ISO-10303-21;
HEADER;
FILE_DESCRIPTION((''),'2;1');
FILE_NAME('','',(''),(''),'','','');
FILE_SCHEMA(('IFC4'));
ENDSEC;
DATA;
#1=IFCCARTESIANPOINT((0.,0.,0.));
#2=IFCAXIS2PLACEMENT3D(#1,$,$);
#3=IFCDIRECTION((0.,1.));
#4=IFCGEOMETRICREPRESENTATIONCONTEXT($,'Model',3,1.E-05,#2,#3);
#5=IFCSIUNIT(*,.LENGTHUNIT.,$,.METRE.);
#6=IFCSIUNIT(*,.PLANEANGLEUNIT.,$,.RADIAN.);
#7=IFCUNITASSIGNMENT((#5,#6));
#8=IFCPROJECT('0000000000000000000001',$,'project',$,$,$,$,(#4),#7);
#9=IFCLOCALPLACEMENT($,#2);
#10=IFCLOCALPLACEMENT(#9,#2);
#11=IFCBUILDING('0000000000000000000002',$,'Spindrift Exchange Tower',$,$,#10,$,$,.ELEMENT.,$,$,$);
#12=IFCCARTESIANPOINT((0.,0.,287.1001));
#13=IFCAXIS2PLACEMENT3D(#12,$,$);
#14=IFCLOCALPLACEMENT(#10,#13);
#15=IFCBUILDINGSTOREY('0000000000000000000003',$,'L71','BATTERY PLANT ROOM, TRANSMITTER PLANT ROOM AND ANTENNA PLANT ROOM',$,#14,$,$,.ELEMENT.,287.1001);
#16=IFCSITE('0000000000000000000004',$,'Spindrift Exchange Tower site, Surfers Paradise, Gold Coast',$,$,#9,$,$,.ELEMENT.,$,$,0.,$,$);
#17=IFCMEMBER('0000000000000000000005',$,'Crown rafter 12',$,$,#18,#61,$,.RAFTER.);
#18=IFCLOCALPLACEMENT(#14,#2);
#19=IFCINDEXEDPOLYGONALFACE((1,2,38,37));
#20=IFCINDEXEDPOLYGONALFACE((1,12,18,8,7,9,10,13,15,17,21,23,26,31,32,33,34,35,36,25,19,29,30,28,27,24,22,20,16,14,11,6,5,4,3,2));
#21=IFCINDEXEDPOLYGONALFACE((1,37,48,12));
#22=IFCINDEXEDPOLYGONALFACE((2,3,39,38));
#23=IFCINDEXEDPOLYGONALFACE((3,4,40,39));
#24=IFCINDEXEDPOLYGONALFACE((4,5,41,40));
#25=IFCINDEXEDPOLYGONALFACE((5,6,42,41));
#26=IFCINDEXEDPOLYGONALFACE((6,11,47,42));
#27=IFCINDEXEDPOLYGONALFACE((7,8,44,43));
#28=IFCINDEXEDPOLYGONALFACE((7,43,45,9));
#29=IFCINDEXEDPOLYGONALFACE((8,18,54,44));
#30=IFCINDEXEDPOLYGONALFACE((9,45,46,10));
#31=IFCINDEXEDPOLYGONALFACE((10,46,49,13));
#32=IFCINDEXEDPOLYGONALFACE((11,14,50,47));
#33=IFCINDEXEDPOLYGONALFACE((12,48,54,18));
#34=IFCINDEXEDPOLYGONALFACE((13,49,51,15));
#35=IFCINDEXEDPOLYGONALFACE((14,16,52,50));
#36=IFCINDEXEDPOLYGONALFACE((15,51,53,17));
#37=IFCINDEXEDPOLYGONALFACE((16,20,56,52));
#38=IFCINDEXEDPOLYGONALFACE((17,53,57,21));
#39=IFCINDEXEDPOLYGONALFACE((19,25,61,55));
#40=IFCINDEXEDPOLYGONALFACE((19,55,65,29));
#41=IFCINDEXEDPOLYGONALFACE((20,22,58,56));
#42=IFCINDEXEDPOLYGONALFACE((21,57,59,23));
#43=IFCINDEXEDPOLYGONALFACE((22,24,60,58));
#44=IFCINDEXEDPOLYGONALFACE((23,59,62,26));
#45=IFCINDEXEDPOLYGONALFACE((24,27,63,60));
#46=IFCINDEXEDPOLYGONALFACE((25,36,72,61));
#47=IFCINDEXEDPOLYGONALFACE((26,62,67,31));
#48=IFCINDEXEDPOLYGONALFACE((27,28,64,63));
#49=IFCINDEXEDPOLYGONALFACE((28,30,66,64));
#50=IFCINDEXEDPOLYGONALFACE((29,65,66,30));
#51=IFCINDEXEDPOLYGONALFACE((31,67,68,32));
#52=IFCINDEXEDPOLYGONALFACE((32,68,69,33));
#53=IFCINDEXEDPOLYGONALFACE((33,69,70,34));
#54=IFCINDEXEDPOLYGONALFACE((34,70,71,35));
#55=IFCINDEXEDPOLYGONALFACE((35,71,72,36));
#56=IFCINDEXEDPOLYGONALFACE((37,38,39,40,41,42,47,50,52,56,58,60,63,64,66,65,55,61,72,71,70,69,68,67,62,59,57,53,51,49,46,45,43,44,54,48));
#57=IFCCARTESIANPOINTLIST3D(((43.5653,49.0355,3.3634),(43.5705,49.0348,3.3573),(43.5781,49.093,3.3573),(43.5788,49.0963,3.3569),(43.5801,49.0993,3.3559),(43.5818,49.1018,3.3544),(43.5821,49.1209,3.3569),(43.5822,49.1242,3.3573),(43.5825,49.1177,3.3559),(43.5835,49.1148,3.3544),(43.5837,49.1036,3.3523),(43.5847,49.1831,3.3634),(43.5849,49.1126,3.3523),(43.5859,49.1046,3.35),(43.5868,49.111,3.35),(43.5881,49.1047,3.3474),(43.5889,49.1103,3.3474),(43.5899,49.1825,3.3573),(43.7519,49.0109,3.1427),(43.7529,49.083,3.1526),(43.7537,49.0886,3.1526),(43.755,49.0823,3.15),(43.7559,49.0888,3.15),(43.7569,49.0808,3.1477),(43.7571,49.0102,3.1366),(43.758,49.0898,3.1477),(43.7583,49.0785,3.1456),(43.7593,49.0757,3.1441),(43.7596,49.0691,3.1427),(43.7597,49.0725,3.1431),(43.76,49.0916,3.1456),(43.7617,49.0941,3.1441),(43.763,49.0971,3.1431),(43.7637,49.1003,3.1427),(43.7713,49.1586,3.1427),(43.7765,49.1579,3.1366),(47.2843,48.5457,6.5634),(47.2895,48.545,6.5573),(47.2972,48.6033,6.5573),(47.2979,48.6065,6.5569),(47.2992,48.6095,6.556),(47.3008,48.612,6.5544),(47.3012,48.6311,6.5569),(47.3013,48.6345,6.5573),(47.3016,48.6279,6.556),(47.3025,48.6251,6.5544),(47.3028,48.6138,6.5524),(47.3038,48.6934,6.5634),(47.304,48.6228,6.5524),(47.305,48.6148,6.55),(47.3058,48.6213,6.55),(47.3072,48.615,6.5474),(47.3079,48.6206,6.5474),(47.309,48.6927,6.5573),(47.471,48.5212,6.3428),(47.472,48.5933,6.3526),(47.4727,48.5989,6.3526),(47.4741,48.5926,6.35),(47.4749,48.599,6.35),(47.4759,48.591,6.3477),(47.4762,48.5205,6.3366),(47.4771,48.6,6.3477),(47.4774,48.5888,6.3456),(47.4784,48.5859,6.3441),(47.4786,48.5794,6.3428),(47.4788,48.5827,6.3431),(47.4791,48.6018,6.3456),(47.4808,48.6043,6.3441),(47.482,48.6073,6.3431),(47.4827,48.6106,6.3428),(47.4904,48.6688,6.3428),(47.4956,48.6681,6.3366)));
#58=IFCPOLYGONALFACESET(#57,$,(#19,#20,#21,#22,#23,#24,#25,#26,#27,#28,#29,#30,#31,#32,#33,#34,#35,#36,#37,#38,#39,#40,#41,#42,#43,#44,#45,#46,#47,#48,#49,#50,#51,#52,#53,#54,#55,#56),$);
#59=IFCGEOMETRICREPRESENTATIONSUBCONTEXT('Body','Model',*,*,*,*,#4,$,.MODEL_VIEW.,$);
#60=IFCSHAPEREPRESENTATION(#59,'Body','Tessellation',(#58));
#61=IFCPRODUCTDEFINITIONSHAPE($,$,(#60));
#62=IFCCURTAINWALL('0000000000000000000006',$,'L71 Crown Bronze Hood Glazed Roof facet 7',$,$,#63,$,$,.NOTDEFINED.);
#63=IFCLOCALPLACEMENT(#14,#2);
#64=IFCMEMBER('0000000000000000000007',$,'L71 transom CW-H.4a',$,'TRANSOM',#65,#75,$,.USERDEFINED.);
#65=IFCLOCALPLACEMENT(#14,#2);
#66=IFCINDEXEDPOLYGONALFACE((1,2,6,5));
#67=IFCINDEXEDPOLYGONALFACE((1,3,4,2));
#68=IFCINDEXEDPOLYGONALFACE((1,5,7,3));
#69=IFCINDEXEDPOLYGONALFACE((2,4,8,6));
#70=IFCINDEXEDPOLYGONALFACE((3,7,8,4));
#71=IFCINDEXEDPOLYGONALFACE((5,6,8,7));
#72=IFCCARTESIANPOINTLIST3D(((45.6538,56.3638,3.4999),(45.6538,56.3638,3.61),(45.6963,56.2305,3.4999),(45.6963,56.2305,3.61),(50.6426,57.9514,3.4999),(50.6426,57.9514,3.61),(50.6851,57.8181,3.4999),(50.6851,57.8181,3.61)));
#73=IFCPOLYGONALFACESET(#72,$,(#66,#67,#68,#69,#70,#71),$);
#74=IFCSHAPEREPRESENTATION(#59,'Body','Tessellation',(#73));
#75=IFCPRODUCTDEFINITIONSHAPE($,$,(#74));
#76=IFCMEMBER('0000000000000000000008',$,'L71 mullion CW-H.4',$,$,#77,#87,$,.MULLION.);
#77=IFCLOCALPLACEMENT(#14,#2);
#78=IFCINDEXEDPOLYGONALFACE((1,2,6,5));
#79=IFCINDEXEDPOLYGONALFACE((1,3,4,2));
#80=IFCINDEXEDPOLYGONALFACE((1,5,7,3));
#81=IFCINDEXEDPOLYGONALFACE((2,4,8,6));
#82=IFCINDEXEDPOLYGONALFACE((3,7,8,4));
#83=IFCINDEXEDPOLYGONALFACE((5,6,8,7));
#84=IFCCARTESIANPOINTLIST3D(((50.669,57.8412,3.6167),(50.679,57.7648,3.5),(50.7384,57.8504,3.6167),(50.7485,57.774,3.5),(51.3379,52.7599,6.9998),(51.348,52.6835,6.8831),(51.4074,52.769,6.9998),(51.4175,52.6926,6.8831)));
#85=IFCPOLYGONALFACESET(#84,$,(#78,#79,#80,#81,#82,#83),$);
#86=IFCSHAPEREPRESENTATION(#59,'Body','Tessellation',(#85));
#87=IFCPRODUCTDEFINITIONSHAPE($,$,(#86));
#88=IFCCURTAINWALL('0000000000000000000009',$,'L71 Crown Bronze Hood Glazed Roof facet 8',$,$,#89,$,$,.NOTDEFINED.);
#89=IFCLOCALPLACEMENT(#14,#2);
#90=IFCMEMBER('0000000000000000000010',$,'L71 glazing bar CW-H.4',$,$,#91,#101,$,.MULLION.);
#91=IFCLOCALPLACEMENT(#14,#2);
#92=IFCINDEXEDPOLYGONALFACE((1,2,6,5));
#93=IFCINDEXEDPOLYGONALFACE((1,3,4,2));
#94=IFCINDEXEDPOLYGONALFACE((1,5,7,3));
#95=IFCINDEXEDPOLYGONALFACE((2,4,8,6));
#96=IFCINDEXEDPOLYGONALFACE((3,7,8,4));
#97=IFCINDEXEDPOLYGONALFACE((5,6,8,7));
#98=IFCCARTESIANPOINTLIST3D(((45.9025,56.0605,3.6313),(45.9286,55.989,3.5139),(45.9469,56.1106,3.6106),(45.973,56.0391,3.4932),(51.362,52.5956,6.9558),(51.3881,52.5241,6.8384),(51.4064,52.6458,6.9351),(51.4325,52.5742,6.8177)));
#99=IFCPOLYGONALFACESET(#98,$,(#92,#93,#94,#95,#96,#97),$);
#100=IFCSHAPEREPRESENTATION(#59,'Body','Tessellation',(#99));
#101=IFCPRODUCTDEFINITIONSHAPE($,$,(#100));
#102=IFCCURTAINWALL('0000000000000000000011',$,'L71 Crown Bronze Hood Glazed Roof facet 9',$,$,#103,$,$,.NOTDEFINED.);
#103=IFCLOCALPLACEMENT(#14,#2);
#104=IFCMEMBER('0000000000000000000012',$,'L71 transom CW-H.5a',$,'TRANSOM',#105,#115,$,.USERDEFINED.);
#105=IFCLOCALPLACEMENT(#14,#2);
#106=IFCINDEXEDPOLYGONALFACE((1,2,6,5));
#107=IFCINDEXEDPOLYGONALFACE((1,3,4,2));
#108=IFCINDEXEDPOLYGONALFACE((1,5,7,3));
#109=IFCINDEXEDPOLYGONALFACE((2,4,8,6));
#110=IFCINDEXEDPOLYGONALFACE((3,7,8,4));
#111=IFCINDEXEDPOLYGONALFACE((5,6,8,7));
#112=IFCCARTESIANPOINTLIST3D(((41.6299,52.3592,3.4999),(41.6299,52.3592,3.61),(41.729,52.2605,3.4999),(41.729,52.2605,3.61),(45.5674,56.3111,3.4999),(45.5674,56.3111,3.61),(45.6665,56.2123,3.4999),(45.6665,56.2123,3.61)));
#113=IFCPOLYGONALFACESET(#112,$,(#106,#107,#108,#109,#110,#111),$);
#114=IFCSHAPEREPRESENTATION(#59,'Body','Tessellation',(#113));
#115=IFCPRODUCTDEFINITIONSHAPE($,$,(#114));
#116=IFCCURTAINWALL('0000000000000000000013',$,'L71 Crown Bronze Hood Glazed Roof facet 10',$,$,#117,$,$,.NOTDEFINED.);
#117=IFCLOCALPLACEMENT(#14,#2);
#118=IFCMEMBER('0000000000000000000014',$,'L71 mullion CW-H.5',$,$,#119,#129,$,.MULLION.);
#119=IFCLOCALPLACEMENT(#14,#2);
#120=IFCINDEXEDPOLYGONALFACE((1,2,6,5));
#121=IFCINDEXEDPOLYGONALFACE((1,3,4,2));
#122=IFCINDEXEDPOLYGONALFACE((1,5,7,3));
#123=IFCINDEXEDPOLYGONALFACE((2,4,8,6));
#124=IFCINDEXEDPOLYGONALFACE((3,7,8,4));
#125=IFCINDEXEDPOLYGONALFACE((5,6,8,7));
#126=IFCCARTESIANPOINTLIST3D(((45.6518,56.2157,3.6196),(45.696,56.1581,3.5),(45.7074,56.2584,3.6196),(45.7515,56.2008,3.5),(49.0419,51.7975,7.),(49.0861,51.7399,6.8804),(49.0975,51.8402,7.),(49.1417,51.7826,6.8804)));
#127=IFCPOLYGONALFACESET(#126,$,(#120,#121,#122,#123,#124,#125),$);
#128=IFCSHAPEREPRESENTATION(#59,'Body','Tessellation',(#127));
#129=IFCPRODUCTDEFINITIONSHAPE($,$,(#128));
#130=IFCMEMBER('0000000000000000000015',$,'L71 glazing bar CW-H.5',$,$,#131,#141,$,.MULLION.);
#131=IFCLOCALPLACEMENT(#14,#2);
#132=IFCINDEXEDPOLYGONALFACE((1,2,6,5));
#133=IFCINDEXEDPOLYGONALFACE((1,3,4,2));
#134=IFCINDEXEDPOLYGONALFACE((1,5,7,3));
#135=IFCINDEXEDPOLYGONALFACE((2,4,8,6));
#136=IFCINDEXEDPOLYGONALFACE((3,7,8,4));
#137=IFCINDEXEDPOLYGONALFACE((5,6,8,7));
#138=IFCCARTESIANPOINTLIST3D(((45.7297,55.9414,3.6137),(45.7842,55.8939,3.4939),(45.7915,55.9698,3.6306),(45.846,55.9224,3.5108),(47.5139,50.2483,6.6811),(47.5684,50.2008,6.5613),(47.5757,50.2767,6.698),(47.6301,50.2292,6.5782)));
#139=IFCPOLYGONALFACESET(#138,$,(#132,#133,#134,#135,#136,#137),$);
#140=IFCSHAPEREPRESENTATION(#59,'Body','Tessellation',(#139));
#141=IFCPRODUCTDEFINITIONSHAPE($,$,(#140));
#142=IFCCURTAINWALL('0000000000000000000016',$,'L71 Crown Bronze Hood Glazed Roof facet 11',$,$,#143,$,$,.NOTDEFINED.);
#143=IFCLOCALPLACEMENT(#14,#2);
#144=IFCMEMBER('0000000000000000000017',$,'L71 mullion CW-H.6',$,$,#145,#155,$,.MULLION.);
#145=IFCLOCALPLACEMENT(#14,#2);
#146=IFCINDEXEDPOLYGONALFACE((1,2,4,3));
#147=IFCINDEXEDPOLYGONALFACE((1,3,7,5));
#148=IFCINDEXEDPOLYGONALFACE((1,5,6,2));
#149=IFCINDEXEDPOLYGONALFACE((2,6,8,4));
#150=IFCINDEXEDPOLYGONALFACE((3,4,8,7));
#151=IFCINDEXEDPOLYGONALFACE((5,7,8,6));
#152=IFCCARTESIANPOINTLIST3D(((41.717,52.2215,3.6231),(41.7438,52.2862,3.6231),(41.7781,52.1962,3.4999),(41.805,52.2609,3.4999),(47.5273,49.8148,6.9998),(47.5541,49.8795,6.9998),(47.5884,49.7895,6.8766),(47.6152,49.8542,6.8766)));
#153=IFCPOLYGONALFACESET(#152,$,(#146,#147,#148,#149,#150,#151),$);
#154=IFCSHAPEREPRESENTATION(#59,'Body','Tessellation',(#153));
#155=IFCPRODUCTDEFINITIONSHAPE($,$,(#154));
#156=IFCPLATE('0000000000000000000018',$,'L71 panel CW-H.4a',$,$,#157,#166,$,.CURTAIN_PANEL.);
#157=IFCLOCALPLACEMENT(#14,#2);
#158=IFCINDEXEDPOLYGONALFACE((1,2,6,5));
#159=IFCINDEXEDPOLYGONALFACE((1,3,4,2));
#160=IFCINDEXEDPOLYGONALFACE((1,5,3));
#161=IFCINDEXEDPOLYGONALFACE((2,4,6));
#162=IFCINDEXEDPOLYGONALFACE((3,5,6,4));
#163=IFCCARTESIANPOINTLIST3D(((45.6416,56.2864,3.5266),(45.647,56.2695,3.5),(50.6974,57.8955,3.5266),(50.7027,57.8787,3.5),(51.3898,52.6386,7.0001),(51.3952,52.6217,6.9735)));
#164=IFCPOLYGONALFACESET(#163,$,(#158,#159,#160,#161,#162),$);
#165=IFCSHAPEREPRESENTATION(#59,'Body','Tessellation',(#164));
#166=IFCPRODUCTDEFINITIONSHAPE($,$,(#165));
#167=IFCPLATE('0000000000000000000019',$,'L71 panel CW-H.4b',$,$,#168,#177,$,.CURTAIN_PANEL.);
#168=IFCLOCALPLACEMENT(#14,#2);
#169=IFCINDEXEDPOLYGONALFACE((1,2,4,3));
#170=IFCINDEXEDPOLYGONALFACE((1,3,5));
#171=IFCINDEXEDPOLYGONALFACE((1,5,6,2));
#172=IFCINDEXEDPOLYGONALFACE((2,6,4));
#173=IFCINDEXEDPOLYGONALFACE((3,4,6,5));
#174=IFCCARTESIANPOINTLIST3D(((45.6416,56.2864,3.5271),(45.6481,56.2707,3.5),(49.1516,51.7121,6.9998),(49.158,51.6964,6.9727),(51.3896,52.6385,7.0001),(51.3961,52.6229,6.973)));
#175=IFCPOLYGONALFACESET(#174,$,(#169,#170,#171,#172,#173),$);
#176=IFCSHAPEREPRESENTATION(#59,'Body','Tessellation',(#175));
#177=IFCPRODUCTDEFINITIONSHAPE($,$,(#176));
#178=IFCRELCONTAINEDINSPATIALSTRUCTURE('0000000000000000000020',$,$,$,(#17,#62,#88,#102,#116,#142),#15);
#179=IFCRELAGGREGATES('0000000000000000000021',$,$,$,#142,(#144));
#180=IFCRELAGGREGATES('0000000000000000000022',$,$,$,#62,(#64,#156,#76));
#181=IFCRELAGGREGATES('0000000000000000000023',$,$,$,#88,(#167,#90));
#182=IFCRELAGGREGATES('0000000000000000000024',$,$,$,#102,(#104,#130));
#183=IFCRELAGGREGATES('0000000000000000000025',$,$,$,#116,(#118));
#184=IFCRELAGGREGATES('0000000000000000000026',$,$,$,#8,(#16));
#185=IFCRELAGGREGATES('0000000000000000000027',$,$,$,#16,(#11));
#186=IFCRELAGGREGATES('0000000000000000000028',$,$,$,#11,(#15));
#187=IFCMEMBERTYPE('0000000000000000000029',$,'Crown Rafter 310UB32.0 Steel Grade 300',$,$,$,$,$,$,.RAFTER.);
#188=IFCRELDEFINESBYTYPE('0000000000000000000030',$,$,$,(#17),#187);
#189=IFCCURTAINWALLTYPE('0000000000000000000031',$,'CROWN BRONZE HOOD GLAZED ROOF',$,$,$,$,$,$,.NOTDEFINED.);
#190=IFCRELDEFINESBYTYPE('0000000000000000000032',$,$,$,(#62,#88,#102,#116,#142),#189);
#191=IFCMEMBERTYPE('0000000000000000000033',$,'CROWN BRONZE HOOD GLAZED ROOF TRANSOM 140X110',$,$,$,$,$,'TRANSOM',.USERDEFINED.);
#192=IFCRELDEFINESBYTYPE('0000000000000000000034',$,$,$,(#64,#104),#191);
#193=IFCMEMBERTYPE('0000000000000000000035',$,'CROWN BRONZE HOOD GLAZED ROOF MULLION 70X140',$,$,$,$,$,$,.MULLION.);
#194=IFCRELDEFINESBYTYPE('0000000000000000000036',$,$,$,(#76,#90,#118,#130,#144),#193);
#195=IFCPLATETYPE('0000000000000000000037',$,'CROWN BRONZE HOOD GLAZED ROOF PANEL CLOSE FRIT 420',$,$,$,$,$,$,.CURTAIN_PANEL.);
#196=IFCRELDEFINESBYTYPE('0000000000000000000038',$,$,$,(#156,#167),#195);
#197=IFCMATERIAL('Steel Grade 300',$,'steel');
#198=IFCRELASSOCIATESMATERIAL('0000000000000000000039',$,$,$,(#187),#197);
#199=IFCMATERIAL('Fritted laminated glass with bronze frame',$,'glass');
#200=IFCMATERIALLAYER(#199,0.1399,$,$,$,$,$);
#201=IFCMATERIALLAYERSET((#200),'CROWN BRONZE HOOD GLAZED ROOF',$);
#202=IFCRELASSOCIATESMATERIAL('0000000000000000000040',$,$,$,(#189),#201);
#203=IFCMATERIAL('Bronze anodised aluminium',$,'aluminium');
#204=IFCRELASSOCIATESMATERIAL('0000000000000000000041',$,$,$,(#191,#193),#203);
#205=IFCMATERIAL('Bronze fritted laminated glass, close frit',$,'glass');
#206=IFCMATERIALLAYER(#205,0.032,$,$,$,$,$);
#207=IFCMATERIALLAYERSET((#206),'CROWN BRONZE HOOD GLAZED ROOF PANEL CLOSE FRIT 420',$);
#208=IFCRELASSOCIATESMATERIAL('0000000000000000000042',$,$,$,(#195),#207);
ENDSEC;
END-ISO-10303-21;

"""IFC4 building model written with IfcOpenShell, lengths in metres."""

from ifc_helpers import new_model, si_unit, direction, frame, origin, origin_2d, place, context, subcontext, project, spatial, line, indexed_curve, rectangle, i_section, outline, extrude, source, transform, mapped, material, layer, layer_set, material_profile, profile_set, type_object, element, aggregate, save


model = new_model("IFC4")

# Units and contexts
model_context = context("Model", 3, precision=1e-05, world=origin(), true_north=direction((0.0, 1.0)))
body_context = subcontext(model_context, "Body", "Model", "MODEL_VIEW")
ifc_project = project(units=[si_unit("LENGTHUNIT", "METRE"), si_unit("PLANEANGLEUNIT", "RADIAN")], contexts=[model_context])

# Site, building, storey
site_placement = place(None, origin())
site = spatial("IfcSite", under=ifc_project, at=site_placement, Name="Spindrift Exchange Tower site, Surfers Paradise, Gold Coast", CompositionType="ELEMENT", RefElevation=0.0)
building_placement = place(site_placement, origin())
building = spatial("IfcBuilding", under=site, at=building_placement, Name="Spindrift Exchange Tower", CompositionType="ELEMENT")
storey_placement = place(building_placement, frame((0.0, 0.0, 287.1001)))
storey = spatial("IfcBuildingStorey", under=building, at=storey_placement, Name="L71", Description="BATTERY PLANT ROOM, TRANSMITTER PLANT ROOM AND ANTENNA PLANT ROOM", CompositionType="ELEMENT", Elevation=287.1001)

# Member
ifc_material_1 = material(Name="Steel Grade 300", Category="steel")
ifc_material_profile_1 = material_profile(ifc_material_1, i_section(OverallWidth=0.1489, OverallDepth=0.2981, WebThickness=0.0056, FlangeThickness=0.0081, FilletRadius=0.0129, at=origin_2d()), Name="310UB32.0")
ifc_profile_set_1 = profile_set([ifc_material_profile_1], Name="Steel Grade 300")
member_type_1 = type_object("IfcMemberType", Name="Crown Rafter 310UB32.0 Steel Grade 300", PredefinedType="RAFTER", material=ifc_profile_set_1)
shared_shape_1 = source(origin(), body_context, "Body", "SweptSolid", [
    extrude(i_section(OverallWidth=0.1489, OverallDepth=0.2981, WebThickness=0.0056, FlangeThickness=0.0081, FilletRadius=0.0129, at=origin_2d()), origin(), (0.0, 0.0, 1.0), 4.9307),
])
member_1_placement = place(storey_placement, frame((43.6709, 49.0967, 3.25), z_axis=(0.754274, -0.099329, 0.649003), x_axis=(0.130561, 0.99144, 0.0)))
element("IfcMember", 1, at=member_1_placement, inside=storey, type_object=member_type_1, Name="Crown rafter 12", PredefinedType="RAFTER", context=body_context, shape_type="MappedRepresentation", body=[
    mapped(shared_shape_1, transform((0.0, 0.0, 0.0), scale=1.0)),
])

# Curtain wall, members
ifc_material_2 = material(Name="Fritted laminated glass with bronze frame", Category="glass")
ifc_layer_1 = layer(ifc_material_2, 0.1399)
ifc_layer_set_1 = layer_set([ifc_layer_1], Name="CROWN BRONZE HOOD GLAZED ROOF")
curtain_wall_type = type_object("IfcCurtainWallType", Name="CROWN BRONZE HOOD GLAZED ROOF", PredefinedType="NOTDEFINED", material=ifc_layer_set_1)
curtain_wall_1_placement = place(storey_placement, origin())
curtain_wall_1 = element("IfcCurtainWall", 2, at=curtain_wall_1_placement, inside=storey, type_object=curtain_wall_type, Name="L71 Crown Bronze Hood Glazed Roof facet 7", PredefinedType="NOTDEFINED")
ifc_material_3 = material(Name="Bronze anodised aluminium", Category="aluminium")
ifc_material_profile_2 = material_profile(ifc_material_3, rectangle(XDim=0.1399, YDim=0.1101, at=origin_2d()), Name="CROWN BRONZE HOOD GLAZED ROOF TRANSOM 140X110")
ifc_profile_set_2 = profile_set([ifc_material_profile_2], Name="Bronze anodised aluminium")
member_type_2 = type_object("IfcMemberType", Name="CROWN BRONZE HOOD GLAZED ROOF TRANSOM 140X110", ElementType="TRANSOM", PredefinedType="USERDEFINED", material=ifc_profile_set_2)
shared_shape_2 = source(origin(), body_context, "Body", "SweptSolid", [
    extrude(rectangle(XDim=0.1399, YDim=0.1101, at=origin_2d()), origin(), (0.0, 0.0, 1.0), 5.2354),
])
member_2_placement = place(storey_placement, frame((45.675, 56.2971, 3.5549), z_axis=(0.952909, 0.303258, 0.0), x_axis=(-0.303258, 0.952909, 0.0)))
member_2 = element("IfcMember", 3, at=member_2_placement, type_object=member_type_2, Name="L71 transom CW-H.4a", ObjectType="TRANSOM", PredefinedType="USERDEFINED", context=body_context, shape_type="MappedRepresentation", body=[
    mapped(shared_shape_2, transform((0.0, 0.0, 0.0), scale=1.0)),
])
ifc_material_profile_3 = material_profile(ifc_material_3, rectangle(XDim=0.0701, YDim=0.1399, at=origin_2d()), Name="CROWN BRONZE HOOD GLAZED ROOF MULLION 70X140")
ifc_profile_set_3 = profile_set([ifc_material_profile_3], Name="Bronze anodised aluminium")
member_type_3 = type_object("IfcMemberType", Name="CROWN BRONZE HOOD GLAZED ROOF MULLION 70X140", PredefinedType="MULLION", material=ifc_profile_set_3)
shared_shape_3 = source(origin(), body_context, "Body", "SweptSolid", [
    extrude(rectangle(XDim=0.0701, YDim=0.1399, at=origin_2d()), origin(), (0.0, 0.0, 1.0), 6.1411),
])
member_3_placement = place(storey_placement, frame((50.7087, 57.8076, 3.5583), z_axis=(0.108931, -0.827435, 0.550895), x_axis=(0.991445, 0.130522, 0.0)))
member_3 = element("IfcMember", 4, at=member_3_placement, type_object=member_type_3, Name="L71 mullion CW-H.4", PredefinedType="MULLION", context=body_context, shape_type="MappedRepresentation", body=[
    mapped(shared_shape_3, transform((0.0, 0.0, 0.0), scale=1.0)),
])

# Curtain walls, members
curtain_wall_2_placement = place(storey_placement, origin())
curtain_wall_2 = element("IfcCurtainWall", 5, at=curtain_wall_2_placement, inside=storey, type_object=curtain_wall_type, Name="L71 Crown Bronze Hood Glazed Roof facet 8", PredefinedType="NOTDEFINED")
shared_shape_4 = source(origin(), body_context, "Body", "SweptSolid", [
    extrude(rectangle(XDim=0.0701, YDim=0.1399, at=origin_2d()), origin(), (0.0, 0.0, 1.0), 7.2708),
])
member_4_placement = place(storey_placement, frame((45.9377, 56.0498, 3.5623), z_axis=(0.750887, -0.476549, 0.457241), x_axis=(0.633601, 0.715141, -0.295168)))
member_4 = element("IfcMember", 6, at=member_4_placement, type_object=member_type_3, Name="L71 glazing bar CW-H.4", PredefinedType="MULLION", context=body_context, shape_type="MappedRepresentation", body=[
    mapped(shared_shape_4, transform((0.0, 0.0, 0.0), scale=1.0)),
])
curtain_wall_3_placement = place(storey_placement, origin())
curtain_wall_3 = element("IfcCurtainWall", 7, at=curtain_wall_3_placement, inside=storey, type_object=curtain_wall_type, Name="L71 Crown Bronze Hood Glazed Roof facet 9", PredefinedType="NOTDEFINED")
shared_shape_5 = source(origin(), body_context, "Body", "SweptSolid", [
    extrude(rectangle(XDim=0.1399, YDim=0.1101, at=origin_2d()), origin(), (0.0, 0.0, 1.0), 5.5786),
])
member_5_placement = place(storey_placement, frame((45.6169, 56.2617, 3.5549), z_axis=(-0.705815, -0.708397, 0.0), x_axis=(0.708397, -0.705815, 0.0)))
member_5 = element("IfcMember", 8, at=member_5_placement, type_object=member_type_2, Name="L71 transom CW-H.5a", ObjectType="TRANSOM", PredefinedType="USERDEFINED", context=body_context, shape_type="MappedRepresentation", body=[
    mapped(shared_shape_5, transform((0.0, 0.0, 0.0), scale=1.0)),
])
curtain_wall_4_placement = place(storey_placement, origin())
curtain_wall_4 = element("IfcCurtainWall", 9, at=curtain_wall_4_placement, inside=storey, type_object=curtain_wall_type, Name="L71 Crown Bronze Hood Glazed Roof facet 10", PredefinedType="NOTDEFINED")
shared_shape_6 = source(origin(), body_context, "Body", "SweptSolid", [
    extrude(rectangle(XDim=0.0701, YDim=0.1399, at=origin_2d()), origin(), (0.0, 0.0, 1.0), 6.5146),
])
member_6_placement = place(storey_placement, frame((45.7017, 56.2083, 3.5598), z_axis=(0.520387, -0.678197, 0.518888), x_axis=(0.79336, 0.608753, 0.0)))
member_6 = element("IfcMember", 10, at=member_6_placement, type_object=member_type_3, Name="L71 mullion CW-H.5", PredefinedType="MULLION", context=body_context, shape_type="MappedRepresentation", body=[
    mapped(shared_shape_6, transform((0.0, 0.0, 0.0), scale=1.0)),
])

# Member
shared_shape_7 = source(origin(), body_context, "Body", "SweptSolid", [
    extrude(rectangle(XDim=0.0701, YDim=0.1399, at=origin_2d()), origin(), (0.0, 0.0, 1.0), 6.7085),
])
member_7_placement = place(storey_placement, frame((45.7878, 55.9319, 3.5623), z_axis=(0.265959, -0.848645, 0.45724), x_axis=(0.881923, 0.40571, 0.240025)))
member_7 = element("IfcMember", 11, at=member_7_placement, type_object=member_type_3, Name="L71 glazing bar CW-H.5", PredefinedType="MULLION", context=body_context, shape_type="MappedRepresentation", body=[
    mapped(shared_shape_7, transform((0.0, 0.0, 0.0), scale=1.0)),
])

# Curtain wall, member
curtain_wall_5_placement = place(storey_placement, origin())
curtain_wall_5 = element("IfcCurtainWall", 12, at=curtain_wall_5_placement, inside=storey, type_object=curtain_wall_type, Name="L71 Crown Bronze Hood Glazed Roof facet 11", PredefinedType="NOTDEFINED")
shared_shape_8 = source(origin(), body_context, "Body", "SweptSolid", [
    extrude(rectangle(XDim=0.0701, YDim=0.1399, at=origin_2d()), origin(), (0.0, 0.0, 1.0), 7.1382),
])
member_8_placement = place(storey_placement, frame((41.761, 52.2412, 3.5615), z_axis=(0.813971, -0.337162, 0.473046), x_axis=(0.382688, 0.923878, 0.0)))
member_8 = element("IfcMember", 13, at=member_8_placement, type_object=member_type_3, Name="L71 mullion CW-H.6", PredefinedType="MULLION", context=body_context, shape_type="MappedRepresentation", body=[
    mapped(shared_shape_8, transform((0.0, 0.0, 0.0), scale=1.0)),
])
aggregate(curtain_wall_5, [member_8])

# Plates
ifc_material_4 = material(Name="Bronze fritted laminated glass, close frit", Category="glass")
ifc_layer_2 = layer(ifc_material_4, 0.032)
ifc_layer_set_2 = layer_set([ifc_layer_2], Name="CROWN BRONZE HOOD GLAZED ROOF PANEL CLOSE FRIT 420")
plate_type = type_object("IfcPlateType", Name="CROWN BRONZE HOOD GLAZED ROOF PANEL CLOSE FRIT 420", PredefinedType="CURTAIN_PANEL", material=ifc_layer_set_2)
plate_1_placement = place(storey_placement, frame((45.6416, 56.2864, 3.5266), z_axis=(-0.168033, 0.527937, 0.832495), x_axis=(0.952898, 0.303291, 0.0)))
plate_1 = element("IfcPlate", 14, at=plate_1_placement, type_object=plate_type, Name="L71 panel CW-H.4a", PredefinedType="CURTAIN_PANEL", context=body_context, shape_type="SweptSolid", body=[
    extrude(outline(indexed_curve([(0.0, 0.0), (5.3057, 0.0), (4.3711, -6.2695)], segments=[line(1, 2, 3, 1)], self_intersect=False)), origin(), (0.0, 0.0, -1.0), 0.032),
])
aggregate(curtain_wall_1, [member_2, plate_1, member_3])
plate_2_placement = place(storey_placement, frame((45.6416, 56.2864, 3.5271), z_axis=(-0.202472, 0.488844, 0.84855), x_axis=(0.752108, -0.477308, 0.454434)))
plate_2 = element("IfcPlate", 15, at=plate_2_placement, type_object=plate_type, Name="L71 panel CW-H.4b", PredefinedType="CURTAIN_PANEL", context=body_context, shape_type="SweptSolid", body=[
    extrude(outline(indexed_curve([(0.0, 0.0), (7.6426, 0.0), (6.4014, -2.0801)], segments=[line(1, 2, 3, 1)], self_intersect=False)), origin(), (0.0, 0.0, -1.0), 0.032),
])
aggregate(curtain_wall_2, [plate_2, member_4])
aggregate(curtain_wall_3, [member_5, member_7])
aggregate(curtain_wall_4, [member_6])

save(model, "model.ifc")
